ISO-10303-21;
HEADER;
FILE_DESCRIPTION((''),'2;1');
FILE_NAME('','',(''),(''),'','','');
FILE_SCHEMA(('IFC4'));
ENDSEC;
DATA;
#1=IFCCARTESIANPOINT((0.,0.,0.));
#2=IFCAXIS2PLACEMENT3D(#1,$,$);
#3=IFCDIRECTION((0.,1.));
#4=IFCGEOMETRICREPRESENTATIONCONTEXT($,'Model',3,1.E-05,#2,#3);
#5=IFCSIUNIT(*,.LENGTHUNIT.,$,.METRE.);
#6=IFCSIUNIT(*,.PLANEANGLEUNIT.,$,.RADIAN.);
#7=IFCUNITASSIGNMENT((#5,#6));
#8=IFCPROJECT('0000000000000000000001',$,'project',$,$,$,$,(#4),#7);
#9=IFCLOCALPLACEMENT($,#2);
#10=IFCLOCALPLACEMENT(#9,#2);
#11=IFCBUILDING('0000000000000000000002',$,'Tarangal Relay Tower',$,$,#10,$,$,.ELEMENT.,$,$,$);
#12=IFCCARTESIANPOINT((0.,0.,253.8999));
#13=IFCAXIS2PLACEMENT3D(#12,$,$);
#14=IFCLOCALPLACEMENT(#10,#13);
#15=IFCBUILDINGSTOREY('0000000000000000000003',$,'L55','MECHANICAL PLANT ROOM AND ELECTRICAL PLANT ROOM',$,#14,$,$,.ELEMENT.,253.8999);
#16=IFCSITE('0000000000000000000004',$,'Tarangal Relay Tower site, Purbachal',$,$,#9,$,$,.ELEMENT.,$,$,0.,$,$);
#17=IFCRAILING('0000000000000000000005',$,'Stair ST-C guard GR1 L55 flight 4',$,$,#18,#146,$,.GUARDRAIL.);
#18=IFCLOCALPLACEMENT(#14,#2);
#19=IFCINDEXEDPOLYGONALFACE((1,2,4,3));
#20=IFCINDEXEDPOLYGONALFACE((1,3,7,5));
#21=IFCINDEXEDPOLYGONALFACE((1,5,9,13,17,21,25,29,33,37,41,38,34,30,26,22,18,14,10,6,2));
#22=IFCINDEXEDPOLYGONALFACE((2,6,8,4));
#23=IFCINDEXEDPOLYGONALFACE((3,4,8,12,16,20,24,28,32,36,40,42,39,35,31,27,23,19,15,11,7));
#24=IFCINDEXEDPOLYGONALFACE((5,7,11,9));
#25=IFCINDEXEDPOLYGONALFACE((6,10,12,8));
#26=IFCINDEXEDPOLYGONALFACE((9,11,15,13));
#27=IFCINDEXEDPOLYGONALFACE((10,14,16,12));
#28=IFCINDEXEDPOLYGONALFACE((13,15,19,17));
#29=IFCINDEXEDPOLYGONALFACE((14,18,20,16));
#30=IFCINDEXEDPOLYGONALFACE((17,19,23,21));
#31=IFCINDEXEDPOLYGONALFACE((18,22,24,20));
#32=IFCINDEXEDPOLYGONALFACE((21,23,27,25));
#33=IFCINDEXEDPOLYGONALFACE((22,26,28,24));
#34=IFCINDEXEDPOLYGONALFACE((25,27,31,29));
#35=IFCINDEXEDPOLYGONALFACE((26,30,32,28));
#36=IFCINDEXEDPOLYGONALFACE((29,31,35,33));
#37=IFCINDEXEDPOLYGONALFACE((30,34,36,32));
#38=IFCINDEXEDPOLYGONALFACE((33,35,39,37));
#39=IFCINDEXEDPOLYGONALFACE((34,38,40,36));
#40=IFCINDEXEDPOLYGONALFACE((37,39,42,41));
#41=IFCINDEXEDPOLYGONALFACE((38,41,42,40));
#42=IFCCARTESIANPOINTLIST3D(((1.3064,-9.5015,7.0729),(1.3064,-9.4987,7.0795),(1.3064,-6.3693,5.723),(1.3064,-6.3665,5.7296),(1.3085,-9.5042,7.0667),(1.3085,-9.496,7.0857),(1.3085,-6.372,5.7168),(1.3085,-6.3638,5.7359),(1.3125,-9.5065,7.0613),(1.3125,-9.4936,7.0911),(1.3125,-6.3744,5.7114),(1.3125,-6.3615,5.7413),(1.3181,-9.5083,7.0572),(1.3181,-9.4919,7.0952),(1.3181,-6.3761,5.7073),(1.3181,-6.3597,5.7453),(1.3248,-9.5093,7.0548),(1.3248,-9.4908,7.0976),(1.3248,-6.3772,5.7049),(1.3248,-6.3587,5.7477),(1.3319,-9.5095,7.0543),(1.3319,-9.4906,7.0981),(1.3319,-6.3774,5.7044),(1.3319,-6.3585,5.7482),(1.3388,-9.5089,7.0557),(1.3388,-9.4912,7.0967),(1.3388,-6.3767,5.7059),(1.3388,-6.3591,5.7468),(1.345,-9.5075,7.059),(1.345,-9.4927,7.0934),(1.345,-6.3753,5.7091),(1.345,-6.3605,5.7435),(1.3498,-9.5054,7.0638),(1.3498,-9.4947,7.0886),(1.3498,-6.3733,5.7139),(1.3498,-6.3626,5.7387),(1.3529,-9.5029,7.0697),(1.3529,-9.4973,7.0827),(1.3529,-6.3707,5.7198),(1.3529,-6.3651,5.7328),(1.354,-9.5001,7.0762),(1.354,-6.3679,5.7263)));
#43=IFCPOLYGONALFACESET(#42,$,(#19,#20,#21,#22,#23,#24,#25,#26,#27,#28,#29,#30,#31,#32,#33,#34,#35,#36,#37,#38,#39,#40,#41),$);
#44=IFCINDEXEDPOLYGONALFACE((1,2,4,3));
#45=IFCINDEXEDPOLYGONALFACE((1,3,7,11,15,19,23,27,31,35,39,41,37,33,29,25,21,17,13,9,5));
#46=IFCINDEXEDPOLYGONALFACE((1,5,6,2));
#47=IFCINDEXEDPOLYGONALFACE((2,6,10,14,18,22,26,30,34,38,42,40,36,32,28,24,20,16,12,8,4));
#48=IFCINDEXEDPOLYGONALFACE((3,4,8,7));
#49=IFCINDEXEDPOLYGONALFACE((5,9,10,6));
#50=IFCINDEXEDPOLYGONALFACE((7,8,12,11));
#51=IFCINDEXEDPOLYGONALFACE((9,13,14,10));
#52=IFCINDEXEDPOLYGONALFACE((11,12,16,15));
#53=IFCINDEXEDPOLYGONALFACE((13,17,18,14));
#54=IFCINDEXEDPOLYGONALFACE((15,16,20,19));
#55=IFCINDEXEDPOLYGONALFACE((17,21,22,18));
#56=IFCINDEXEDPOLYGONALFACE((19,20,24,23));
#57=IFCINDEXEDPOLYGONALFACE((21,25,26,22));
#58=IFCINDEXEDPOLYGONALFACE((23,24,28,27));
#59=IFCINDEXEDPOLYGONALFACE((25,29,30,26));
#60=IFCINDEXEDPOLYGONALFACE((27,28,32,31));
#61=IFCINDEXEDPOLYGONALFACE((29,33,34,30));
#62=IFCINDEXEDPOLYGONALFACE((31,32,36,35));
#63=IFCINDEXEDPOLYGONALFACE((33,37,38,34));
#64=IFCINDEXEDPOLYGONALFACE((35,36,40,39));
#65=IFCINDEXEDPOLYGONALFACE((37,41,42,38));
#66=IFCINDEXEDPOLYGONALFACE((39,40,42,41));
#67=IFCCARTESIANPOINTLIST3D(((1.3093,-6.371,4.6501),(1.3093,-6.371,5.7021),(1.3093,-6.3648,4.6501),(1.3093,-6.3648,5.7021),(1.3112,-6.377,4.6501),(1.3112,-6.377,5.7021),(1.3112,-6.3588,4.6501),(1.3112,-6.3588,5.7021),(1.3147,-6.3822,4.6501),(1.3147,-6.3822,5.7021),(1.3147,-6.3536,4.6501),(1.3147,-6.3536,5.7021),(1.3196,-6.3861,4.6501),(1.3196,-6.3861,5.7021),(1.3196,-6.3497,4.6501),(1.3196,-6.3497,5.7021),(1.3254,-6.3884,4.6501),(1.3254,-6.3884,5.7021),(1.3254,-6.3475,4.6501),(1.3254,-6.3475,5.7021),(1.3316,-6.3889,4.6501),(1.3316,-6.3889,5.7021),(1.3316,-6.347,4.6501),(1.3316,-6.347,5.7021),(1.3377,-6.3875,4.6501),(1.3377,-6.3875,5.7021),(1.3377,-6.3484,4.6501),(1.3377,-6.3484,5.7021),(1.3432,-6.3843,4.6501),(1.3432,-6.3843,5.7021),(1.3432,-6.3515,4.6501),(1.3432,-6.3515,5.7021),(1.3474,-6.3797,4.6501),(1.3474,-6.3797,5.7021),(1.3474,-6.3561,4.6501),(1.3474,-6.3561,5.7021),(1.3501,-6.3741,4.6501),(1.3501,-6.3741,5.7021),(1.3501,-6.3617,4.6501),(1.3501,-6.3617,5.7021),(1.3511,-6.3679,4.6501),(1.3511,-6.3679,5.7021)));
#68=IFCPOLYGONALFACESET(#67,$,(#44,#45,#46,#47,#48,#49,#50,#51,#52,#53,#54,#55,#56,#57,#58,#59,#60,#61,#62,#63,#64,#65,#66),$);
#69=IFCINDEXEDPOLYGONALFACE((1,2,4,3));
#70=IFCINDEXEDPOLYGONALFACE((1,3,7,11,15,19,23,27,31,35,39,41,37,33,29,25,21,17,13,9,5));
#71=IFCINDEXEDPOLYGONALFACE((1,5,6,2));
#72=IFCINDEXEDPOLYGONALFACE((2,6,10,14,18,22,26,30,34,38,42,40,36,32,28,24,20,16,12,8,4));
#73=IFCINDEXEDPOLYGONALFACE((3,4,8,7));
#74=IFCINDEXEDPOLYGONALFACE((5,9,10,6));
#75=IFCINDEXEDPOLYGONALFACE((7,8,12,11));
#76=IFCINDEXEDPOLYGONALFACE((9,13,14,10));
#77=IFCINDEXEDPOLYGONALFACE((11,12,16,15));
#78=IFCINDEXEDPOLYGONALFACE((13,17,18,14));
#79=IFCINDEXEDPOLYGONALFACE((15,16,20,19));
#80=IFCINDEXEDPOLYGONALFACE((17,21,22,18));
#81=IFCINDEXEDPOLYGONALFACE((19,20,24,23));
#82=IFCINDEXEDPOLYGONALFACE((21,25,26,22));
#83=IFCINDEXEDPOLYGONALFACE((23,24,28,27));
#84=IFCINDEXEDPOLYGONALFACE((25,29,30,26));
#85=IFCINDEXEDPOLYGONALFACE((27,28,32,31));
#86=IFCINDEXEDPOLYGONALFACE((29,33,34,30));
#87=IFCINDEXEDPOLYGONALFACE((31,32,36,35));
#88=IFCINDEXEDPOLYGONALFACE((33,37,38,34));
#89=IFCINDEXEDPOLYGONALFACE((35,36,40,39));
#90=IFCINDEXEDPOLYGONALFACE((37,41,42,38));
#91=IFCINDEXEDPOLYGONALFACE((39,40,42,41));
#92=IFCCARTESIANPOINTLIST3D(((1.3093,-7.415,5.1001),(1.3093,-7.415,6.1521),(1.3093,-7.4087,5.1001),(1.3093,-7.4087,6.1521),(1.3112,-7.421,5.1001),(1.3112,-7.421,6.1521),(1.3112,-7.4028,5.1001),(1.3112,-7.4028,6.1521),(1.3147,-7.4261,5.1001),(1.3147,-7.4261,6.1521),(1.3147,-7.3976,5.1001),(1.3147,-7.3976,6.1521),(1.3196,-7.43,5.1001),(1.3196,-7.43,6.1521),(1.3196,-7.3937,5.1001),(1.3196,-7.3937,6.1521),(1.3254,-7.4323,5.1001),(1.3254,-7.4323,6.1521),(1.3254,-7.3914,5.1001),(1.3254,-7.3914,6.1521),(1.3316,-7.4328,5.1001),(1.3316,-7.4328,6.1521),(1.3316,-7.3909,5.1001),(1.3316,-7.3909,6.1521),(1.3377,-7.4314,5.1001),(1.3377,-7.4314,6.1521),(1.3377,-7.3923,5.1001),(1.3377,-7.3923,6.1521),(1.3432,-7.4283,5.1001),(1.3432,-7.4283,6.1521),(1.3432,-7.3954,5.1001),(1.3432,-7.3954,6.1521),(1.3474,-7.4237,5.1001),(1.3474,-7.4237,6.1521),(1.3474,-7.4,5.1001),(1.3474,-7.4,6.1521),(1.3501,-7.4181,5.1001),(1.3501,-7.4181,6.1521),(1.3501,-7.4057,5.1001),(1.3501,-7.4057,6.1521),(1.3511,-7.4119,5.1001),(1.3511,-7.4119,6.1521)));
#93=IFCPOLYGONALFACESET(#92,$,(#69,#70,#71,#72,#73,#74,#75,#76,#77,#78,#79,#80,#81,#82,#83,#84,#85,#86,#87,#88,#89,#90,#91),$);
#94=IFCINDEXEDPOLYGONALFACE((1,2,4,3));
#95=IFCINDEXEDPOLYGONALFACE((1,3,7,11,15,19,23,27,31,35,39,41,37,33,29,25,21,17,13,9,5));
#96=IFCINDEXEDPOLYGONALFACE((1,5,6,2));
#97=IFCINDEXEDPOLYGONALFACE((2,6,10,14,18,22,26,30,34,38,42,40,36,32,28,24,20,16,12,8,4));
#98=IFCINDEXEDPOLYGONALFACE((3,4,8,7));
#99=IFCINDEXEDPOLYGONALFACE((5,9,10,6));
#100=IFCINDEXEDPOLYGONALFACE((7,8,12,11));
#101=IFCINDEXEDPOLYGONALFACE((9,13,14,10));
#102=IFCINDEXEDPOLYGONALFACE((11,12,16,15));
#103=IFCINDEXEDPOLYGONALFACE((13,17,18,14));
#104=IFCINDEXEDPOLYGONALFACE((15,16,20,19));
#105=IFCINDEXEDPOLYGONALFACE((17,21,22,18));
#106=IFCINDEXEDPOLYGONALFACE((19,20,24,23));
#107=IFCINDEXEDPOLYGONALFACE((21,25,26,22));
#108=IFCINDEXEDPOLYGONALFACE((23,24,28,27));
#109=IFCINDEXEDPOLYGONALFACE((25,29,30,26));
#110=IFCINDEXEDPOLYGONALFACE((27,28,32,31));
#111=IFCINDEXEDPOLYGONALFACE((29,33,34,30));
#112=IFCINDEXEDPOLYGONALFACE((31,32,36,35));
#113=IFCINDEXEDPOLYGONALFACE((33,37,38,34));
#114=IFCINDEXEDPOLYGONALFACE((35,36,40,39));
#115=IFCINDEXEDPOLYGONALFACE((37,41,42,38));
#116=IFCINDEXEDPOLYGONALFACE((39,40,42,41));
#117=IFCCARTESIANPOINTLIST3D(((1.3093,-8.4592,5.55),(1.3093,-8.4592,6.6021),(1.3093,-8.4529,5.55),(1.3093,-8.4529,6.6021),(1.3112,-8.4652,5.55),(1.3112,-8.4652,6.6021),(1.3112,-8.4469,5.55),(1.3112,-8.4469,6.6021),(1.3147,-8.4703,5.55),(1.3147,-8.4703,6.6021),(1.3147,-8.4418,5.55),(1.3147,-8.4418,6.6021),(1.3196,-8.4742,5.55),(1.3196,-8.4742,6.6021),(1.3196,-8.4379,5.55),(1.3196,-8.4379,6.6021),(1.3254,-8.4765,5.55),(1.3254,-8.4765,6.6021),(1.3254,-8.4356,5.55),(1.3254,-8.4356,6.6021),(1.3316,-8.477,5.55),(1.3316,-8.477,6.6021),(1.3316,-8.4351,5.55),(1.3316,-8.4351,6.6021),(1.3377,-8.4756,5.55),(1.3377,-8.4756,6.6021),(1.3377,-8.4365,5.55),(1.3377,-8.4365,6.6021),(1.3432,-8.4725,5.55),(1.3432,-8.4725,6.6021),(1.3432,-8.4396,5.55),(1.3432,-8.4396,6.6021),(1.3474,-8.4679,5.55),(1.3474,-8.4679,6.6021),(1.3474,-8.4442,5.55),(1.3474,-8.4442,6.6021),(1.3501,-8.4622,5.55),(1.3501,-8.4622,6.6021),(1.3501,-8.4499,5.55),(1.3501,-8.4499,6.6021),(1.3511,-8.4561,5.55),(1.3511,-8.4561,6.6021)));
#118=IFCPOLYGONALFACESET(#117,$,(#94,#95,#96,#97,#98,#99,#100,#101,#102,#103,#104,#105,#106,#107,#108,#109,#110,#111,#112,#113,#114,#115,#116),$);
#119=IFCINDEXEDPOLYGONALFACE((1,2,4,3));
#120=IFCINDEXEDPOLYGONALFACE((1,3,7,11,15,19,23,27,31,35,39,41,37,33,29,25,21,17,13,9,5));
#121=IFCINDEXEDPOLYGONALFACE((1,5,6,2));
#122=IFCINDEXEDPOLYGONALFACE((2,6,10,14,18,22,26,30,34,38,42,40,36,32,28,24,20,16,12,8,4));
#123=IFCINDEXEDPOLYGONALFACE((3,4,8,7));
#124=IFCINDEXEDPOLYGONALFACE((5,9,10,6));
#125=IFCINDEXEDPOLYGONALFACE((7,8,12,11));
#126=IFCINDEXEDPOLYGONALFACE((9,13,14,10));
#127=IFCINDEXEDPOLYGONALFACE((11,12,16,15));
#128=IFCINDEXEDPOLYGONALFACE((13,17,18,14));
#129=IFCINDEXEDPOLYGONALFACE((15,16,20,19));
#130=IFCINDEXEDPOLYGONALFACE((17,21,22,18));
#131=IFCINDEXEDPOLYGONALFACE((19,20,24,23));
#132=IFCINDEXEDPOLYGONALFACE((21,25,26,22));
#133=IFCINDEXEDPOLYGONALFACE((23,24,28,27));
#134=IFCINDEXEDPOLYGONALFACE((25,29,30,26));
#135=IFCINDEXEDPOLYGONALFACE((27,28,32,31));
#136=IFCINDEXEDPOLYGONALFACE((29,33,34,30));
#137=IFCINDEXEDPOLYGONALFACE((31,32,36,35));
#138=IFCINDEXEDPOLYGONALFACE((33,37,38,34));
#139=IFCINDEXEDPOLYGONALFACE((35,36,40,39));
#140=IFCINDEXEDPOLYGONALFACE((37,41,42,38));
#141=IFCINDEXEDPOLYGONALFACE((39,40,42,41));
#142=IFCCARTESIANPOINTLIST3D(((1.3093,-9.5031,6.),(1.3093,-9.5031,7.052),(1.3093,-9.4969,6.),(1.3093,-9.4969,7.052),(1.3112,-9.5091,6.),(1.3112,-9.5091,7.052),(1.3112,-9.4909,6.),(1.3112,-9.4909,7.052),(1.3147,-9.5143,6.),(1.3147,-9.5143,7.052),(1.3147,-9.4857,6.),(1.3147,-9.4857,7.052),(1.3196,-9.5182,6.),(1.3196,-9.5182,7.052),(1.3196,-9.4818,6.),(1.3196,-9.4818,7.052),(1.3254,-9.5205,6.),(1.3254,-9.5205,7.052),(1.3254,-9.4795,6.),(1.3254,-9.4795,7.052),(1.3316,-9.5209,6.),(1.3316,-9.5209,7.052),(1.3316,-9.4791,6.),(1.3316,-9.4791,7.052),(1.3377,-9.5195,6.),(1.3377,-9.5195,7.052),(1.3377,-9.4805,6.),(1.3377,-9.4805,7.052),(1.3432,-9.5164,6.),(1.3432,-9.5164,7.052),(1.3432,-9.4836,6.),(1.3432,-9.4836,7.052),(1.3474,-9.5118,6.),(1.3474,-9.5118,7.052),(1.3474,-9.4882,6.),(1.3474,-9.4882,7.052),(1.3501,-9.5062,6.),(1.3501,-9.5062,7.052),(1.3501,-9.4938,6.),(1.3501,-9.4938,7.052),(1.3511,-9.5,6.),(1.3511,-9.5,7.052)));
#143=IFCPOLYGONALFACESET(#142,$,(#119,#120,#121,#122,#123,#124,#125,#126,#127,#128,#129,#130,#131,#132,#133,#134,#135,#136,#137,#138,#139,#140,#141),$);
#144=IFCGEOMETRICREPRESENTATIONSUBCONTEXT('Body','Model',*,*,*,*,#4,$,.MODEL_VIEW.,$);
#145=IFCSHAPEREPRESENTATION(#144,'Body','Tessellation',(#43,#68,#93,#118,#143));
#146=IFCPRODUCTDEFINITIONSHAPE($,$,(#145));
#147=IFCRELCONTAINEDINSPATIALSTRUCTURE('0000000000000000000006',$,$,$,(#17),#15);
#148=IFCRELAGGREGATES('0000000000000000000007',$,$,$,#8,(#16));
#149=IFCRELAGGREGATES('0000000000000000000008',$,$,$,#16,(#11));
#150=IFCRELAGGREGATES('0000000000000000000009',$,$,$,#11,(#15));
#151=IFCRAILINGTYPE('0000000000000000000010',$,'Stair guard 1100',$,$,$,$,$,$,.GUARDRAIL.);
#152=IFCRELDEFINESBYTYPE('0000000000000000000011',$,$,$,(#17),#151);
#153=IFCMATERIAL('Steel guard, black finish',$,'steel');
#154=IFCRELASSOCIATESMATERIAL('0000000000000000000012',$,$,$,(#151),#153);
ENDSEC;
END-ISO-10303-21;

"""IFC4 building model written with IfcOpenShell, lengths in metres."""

from ifc_helpers import new_model, si_unit, direction, frame, origin, origin_2d, place, context, subcontext, project, spatial, circle, extrude, material, type_object, element, save


model = new_model("IFC4")

# Units and contexts
model_context = context("Model", 3, precision=1e-05, world=origin(), true_north=direction((0.0, 1.0)))
body_context = subcontext(model_context, "Body", "Model", "MODEL_VIEW")
ifc_project = project(units=[si_unit("LENGTHUNIT", "METRE"), si_unit("PLANEANGLEUNIT", "RADIAN")], contexts=[model_context])

# Site, building, storey
site_placement = place(None, origin())
site = spatial("IfcSite", under=ifc_project, at=site_placement, Name="Tarangal Relay Tower site, Purbachal", CompositionType="ELEMENT", RefElevation=0.0)
building_placement = place(site_placement, origin())
building = spatial("IfcBuilding", under=site, at=building_placement, Name="Tarangal Relay Tower", CompositionType="ELEMENT")
storey_placement = place(building_placement, frame((0.0, 0.0, 253.8999)))
storey = spatial("IfcBuildingStorey", under=building, at=storey_placement, Name="L55", Description="MECHANICAL PLANT ROOM AND ELECTRICAL PLANT ROOM", CompositionType="ELEMENT", Elevation=253.8999)

# Railing
ifc_material_1 = material(Name="Steel guard, black finish", Category="steel")
railing_type_1 = type_object("IfcRailingType", Name="Stair guard 1100", PredefinedType="GUARDRAIL", material=ifc_material_1)
railing_placement = place(storey_placement, frame((1.3301, -6.3679, 4.6501)))
element("IfcRailing", 1, at=railing_placement, inside=storey, type_object=railing_type_1, Name="Stair ST-C guard GR1 L55 flight 4", PredefinedType="GUARDRAIL", context=body_context, shape_type="SweptSolid", body=[
    extrude(circle(Radius=0.0239, at=origin_2d()), frame((0.0, 0.0, 1.0762), z_axis=(0.0, -0.918343, 0.395785), x_axis=(1.0, 0.0, 0.0)), (0.0, 0.0, 1.0), 3.4106),
    extrude(circle(Radius=0.021, at=origin_2d()), origin(), (0.0, 0.0, 1.0), 1.052),
    extrude(circle(Radius=0.021, at=origin_2d()), frame((0.0, -1.0439, 0.45)), (0.0, 0.0, 1.0), 1.052),
    extrude(circle(Radius=0.021, at=origin_2d()), frame((0.0, -2.0881, 0.8999)), (0.0, 0.0, 1.0), 1.052),
    extrude(circle(Radius=0.021, at=origin_2d()), frame((0.0, -3.1321, 1.3499)), (0.0, 0.0, 1.0), 1.052),
])

save(model, "model.ifc")
